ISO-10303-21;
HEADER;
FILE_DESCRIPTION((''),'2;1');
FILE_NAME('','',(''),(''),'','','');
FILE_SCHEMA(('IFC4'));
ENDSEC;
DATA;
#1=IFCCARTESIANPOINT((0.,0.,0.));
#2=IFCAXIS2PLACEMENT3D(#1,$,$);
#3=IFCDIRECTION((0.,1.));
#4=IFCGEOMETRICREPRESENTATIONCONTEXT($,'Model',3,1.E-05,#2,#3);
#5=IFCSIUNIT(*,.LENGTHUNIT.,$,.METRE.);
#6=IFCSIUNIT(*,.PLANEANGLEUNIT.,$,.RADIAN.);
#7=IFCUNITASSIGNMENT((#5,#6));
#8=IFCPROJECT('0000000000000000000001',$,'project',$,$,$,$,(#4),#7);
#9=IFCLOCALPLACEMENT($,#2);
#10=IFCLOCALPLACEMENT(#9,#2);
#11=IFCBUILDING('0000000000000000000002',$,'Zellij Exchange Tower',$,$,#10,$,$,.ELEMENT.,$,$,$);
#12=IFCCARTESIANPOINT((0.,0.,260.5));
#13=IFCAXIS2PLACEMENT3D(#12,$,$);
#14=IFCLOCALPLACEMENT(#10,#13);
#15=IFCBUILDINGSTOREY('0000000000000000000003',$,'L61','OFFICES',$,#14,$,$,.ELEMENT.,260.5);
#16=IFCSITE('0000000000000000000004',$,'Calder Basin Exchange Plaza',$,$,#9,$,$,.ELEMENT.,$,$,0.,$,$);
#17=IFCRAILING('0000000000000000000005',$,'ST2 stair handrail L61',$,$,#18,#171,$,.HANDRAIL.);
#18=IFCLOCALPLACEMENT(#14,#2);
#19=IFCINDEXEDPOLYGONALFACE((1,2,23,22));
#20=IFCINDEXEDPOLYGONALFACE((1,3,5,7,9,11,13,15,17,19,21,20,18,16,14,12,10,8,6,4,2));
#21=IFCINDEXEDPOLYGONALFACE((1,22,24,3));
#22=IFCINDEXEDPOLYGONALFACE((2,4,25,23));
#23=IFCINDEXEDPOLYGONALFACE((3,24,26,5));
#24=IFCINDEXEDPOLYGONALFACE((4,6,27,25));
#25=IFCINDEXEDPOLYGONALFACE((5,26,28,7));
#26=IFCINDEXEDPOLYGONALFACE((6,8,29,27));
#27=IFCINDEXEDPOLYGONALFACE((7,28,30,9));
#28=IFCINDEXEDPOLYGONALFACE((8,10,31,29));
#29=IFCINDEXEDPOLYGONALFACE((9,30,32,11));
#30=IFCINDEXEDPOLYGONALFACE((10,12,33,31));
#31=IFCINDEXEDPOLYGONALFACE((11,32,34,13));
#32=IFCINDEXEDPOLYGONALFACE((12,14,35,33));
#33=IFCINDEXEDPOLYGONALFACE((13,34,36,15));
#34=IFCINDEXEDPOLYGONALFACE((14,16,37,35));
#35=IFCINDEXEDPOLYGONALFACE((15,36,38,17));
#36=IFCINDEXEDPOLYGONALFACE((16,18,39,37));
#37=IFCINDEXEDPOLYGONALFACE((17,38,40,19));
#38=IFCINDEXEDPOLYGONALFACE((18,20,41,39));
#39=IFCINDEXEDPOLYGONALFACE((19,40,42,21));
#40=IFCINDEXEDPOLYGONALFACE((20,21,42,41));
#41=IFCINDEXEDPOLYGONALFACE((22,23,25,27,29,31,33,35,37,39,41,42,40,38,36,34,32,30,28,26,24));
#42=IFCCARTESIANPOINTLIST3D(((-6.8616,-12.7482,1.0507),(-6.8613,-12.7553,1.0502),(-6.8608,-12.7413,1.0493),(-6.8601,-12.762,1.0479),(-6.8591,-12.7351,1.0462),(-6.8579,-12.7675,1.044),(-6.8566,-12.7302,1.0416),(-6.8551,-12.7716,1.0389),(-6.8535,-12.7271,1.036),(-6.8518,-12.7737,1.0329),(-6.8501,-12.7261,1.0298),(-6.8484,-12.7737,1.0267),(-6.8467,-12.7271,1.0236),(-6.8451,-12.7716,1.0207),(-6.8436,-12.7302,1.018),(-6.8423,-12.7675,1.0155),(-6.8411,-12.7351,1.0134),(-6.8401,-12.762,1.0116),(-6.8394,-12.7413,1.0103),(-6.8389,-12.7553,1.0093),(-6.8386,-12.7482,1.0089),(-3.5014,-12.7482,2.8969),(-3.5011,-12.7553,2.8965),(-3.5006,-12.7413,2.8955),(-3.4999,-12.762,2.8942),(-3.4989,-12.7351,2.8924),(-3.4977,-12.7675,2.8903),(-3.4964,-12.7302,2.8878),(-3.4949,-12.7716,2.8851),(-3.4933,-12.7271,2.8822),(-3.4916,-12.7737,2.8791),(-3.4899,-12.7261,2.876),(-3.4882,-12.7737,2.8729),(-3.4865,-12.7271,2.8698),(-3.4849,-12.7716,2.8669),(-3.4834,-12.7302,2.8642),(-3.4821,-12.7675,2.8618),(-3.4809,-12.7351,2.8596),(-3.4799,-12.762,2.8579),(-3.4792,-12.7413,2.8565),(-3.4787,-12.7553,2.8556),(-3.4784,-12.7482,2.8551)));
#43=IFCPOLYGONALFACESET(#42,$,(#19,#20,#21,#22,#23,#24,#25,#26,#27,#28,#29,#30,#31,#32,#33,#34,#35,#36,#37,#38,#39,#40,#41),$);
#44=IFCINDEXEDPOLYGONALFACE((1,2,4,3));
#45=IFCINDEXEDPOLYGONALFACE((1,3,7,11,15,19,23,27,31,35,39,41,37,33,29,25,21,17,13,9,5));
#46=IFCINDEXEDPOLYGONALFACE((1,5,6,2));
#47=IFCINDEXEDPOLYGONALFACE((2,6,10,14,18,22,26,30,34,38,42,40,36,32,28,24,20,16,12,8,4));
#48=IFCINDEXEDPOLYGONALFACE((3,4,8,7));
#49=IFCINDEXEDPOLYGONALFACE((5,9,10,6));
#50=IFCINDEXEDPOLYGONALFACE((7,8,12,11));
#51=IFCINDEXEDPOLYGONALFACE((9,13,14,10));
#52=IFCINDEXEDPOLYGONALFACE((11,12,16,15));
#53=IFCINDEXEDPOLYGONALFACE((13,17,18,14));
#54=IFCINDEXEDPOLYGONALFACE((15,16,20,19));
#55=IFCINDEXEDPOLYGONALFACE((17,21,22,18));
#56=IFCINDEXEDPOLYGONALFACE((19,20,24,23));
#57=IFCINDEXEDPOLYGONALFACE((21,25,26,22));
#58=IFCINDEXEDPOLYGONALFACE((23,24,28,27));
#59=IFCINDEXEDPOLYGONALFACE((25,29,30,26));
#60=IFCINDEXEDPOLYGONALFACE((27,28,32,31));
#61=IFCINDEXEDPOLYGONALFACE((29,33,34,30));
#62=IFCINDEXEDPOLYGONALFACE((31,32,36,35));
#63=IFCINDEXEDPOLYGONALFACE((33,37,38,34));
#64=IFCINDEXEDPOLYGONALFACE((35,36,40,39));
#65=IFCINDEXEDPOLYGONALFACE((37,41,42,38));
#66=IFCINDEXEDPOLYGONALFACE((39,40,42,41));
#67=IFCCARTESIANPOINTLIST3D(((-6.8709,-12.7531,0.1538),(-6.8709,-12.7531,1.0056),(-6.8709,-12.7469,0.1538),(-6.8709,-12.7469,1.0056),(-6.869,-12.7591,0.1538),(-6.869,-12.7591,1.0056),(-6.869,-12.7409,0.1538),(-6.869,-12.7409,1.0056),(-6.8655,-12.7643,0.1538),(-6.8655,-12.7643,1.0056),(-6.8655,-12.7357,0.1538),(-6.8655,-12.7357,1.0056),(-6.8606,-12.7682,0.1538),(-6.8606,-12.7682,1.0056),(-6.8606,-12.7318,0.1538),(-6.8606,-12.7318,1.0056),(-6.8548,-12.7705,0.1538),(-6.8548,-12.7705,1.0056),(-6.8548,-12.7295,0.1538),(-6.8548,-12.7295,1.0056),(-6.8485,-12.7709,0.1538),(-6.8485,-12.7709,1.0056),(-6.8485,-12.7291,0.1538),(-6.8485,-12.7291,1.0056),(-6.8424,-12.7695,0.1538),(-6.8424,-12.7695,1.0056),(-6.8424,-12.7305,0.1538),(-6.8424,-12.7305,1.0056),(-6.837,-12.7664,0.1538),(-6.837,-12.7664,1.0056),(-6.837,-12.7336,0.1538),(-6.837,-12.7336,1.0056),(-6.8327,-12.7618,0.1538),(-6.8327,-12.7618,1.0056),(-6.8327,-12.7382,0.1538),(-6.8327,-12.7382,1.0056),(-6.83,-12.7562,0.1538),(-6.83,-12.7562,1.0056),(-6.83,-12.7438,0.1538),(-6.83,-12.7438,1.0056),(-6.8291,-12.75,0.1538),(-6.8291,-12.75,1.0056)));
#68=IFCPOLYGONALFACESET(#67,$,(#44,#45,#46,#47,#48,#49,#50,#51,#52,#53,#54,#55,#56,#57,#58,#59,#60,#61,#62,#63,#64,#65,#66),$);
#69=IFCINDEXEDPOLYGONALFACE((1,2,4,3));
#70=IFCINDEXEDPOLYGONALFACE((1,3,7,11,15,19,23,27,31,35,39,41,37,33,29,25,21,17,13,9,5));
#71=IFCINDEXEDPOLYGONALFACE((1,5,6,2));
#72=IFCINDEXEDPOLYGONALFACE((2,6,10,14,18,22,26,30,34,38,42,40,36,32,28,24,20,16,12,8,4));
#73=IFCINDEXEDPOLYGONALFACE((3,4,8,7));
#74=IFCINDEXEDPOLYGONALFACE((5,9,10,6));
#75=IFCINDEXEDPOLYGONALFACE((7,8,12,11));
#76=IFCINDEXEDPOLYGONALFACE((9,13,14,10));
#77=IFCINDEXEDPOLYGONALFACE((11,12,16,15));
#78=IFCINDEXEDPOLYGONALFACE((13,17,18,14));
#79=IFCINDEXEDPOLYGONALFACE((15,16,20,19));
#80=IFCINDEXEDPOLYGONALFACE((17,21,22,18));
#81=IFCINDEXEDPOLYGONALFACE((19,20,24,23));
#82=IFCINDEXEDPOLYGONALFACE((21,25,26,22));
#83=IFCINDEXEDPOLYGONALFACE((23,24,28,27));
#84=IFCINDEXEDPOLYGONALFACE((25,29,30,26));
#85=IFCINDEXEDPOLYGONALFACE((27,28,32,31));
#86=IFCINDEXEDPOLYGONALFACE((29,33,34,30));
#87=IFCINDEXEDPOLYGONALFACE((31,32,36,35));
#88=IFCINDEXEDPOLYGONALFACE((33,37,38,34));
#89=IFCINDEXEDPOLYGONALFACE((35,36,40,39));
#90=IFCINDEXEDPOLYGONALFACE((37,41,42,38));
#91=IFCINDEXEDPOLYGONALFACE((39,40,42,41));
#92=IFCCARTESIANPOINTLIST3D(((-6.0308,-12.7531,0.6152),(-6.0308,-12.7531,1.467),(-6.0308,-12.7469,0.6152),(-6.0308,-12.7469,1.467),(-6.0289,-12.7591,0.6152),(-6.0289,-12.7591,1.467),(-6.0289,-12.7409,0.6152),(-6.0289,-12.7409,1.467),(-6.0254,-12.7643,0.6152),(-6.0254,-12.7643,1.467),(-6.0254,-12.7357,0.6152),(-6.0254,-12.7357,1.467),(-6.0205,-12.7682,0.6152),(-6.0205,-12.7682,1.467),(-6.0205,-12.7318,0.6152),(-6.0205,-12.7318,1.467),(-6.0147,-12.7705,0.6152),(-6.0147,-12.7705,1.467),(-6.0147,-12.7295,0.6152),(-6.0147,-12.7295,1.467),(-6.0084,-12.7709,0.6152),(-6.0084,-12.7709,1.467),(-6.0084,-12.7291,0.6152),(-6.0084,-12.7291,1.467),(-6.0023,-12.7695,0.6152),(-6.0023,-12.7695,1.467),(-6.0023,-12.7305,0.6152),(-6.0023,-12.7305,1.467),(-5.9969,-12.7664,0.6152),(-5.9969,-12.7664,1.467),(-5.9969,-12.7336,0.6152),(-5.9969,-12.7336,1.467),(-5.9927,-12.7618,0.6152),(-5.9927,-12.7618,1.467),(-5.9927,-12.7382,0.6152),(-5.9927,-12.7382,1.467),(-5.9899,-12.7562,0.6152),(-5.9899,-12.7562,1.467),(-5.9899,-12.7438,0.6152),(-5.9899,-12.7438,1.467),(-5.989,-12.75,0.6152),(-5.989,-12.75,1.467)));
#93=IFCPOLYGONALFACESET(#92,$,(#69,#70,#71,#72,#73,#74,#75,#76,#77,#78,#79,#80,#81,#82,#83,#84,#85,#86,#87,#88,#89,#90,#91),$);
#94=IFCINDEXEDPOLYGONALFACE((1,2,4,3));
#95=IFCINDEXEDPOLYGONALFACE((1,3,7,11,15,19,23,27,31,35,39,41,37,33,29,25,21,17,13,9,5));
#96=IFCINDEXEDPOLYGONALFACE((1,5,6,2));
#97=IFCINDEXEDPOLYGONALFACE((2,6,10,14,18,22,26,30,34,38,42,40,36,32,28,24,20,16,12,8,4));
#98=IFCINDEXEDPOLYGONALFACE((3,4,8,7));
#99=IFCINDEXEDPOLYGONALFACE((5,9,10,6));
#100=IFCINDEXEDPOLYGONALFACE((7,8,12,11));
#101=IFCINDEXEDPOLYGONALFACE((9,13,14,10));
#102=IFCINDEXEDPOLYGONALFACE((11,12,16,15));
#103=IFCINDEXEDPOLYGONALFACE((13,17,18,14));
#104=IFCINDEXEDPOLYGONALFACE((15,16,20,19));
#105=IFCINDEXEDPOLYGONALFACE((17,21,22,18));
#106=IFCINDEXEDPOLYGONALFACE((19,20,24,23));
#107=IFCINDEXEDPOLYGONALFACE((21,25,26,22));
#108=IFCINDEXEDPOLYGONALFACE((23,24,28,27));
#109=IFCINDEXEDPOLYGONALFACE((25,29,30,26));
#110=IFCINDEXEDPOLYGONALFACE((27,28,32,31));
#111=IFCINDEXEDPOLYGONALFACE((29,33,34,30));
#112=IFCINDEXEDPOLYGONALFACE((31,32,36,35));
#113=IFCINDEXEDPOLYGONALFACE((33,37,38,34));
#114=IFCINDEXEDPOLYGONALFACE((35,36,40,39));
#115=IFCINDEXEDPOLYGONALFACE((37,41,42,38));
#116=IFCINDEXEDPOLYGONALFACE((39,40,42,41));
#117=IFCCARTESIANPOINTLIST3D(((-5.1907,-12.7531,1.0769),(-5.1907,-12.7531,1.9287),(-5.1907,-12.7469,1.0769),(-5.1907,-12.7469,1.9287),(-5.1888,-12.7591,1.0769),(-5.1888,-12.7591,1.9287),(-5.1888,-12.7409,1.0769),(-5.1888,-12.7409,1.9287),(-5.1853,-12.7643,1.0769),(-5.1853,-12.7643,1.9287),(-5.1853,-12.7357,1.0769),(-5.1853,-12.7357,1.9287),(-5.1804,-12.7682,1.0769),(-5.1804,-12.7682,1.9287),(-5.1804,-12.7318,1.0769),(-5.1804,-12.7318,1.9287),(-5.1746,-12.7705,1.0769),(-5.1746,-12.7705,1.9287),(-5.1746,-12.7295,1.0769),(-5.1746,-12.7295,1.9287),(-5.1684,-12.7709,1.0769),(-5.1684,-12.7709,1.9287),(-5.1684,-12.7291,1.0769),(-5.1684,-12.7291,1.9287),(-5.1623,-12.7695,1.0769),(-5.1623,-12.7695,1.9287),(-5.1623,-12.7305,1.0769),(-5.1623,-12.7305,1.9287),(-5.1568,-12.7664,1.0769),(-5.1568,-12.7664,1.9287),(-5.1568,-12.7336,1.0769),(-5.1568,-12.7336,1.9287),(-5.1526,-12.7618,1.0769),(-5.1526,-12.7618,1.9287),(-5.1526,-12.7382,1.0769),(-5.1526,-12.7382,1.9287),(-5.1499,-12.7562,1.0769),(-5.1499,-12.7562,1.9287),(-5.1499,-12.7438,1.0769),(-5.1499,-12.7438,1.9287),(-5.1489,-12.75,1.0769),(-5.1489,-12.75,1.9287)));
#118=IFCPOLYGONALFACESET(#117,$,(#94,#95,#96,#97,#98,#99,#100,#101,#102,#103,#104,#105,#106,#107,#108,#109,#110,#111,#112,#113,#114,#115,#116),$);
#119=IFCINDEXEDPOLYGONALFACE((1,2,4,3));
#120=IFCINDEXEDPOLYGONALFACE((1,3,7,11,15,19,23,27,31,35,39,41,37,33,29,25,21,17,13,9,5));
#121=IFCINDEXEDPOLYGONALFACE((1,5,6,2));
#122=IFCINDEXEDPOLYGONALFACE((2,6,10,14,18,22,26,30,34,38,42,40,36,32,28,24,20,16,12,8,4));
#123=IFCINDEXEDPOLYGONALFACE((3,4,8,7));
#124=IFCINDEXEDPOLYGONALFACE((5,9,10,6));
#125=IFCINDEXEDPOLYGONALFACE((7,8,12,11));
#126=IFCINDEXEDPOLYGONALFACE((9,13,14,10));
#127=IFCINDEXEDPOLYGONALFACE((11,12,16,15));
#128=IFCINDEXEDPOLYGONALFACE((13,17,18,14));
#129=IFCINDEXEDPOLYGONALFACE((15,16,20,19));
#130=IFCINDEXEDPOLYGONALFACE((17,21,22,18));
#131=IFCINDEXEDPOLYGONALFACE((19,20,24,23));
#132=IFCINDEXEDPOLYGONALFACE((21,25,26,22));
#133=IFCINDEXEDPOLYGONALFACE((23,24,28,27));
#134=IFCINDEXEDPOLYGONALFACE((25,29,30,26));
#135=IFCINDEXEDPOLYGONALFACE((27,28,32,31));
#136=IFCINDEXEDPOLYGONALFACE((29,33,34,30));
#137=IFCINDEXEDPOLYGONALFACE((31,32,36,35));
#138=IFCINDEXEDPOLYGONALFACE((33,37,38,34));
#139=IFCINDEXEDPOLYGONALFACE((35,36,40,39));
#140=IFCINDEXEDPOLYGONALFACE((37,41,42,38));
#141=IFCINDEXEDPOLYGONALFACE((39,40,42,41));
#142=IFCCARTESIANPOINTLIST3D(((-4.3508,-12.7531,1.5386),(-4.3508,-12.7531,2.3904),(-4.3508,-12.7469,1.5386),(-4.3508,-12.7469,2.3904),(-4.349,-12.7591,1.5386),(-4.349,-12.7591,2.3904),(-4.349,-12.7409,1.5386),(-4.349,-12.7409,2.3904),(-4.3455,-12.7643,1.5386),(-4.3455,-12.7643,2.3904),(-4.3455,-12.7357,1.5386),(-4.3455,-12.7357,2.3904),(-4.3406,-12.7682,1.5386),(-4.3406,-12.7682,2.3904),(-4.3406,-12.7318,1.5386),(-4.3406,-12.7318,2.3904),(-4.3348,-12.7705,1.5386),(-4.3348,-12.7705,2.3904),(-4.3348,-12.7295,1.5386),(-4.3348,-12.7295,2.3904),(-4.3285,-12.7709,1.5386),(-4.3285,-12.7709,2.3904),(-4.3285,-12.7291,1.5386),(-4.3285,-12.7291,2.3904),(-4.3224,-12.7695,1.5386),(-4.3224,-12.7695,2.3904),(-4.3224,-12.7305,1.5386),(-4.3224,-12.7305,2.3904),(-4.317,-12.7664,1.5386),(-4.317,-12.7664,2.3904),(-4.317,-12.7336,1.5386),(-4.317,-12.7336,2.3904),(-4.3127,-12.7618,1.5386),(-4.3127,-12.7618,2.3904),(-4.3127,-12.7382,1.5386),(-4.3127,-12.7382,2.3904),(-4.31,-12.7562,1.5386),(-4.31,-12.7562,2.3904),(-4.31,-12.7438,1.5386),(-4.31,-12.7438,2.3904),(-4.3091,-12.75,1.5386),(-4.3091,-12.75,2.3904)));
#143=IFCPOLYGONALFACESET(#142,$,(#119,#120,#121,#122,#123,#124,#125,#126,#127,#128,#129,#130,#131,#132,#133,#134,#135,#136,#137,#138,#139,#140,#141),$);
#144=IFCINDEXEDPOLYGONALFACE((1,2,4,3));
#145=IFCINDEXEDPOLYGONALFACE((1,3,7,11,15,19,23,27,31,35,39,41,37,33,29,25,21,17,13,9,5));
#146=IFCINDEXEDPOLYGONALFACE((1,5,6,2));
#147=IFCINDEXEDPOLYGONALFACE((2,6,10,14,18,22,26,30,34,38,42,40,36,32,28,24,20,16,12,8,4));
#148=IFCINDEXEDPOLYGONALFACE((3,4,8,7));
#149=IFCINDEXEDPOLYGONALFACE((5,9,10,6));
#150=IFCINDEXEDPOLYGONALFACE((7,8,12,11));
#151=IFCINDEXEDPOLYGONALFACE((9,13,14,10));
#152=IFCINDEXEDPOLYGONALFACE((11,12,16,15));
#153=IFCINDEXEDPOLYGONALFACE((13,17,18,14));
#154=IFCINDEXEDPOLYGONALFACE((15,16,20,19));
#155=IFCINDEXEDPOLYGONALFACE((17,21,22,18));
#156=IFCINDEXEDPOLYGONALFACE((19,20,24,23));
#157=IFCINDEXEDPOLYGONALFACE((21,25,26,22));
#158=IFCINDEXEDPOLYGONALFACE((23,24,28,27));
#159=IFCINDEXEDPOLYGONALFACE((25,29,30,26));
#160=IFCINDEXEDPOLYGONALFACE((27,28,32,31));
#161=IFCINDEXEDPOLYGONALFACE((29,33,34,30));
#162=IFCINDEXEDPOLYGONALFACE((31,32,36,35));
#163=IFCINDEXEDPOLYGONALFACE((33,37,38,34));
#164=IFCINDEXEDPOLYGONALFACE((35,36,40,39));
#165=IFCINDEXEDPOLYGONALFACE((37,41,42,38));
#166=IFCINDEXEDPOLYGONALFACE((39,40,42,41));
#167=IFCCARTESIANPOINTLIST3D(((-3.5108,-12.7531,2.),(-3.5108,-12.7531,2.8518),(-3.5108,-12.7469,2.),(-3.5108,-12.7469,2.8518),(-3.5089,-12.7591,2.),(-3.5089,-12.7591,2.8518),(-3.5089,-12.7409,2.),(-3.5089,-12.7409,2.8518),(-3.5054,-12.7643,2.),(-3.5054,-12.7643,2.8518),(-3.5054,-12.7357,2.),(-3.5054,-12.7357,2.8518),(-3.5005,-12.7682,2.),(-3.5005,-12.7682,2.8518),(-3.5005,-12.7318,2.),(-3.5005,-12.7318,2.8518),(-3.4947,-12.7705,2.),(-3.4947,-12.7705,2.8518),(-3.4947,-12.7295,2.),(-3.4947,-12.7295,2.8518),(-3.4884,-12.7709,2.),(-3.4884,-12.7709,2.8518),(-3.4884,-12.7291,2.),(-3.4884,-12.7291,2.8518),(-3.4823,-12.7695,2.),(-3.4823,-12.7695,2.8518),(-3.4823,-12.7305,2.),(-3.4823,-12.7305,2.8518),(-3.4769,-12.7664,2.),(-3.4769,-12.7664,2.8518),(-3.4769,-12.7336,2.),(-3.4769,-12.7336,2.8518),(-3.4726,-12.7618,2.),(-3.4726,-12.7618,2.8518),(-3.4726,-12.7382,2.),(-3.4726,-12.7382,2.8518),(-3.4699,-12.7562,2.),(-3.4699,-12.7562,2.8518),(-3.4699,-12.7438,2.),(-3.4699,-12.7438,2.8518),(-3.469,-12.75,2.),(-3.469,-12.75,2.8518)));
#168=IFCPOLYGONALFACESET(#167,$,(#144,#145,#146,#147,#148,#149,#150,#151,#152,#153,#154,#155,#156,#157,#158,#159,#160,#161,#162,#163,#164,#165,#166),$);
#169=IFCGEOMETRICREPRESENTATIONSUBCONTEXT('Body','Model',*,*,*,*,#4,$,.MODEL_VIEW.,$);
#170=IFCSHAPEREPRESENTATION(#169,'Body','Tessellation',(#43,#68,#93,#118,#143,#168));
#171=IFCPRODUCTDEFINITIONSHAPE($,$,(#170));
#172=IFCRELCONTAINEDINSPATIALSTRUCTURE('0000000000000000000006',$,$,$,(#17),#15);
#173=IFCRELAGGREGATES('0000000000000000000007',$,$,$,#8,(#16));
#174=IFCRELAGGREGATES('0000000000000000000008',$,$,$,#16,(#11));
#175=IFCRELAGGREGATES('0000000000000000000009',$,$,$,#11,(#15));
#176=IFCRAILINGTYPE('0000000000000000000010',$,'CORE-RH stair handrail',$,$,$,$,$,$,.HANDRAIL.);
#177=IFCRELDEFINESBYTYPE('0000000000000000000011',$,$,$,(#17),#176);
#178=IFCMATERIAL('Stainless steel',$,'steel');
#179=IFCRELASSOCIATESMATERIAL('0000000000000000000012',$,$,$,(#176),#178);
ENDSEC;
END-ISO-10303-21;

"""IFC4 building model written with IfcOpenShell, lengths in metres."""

from ifc_helpers import new_model, si_unit, direction, frame, origin, origin_2d, place, context, subcontext, project, spatial, circle, extrude, material, type_object, element, save


model = new_model("IFC4")

# Units and contexts
model_context = context("Model", 3, precision=1e-05, world=origin(), true_north=direction((0.0, 1.0)))
body_context = subcontext(model_context, "Body", "Model", "MODEL_VIEW")
ifc_project = project(units=[si_unit("LENGTHUNIT", "METRE"), si_unit("PLANEANGLEUNIT", "RADIAN")], contexts=[model_context])

# Site, building, storey
site_placement = place(None, origin())
site = spatial("IfcSite", under=ifc_project, at=site_placement, Name="Calder Basin Exchange Plaza", CompositionType="ELEMENT", RefElevation=0.0)
building_placement = place(site_placement, origin())
building = spatial("IfcBuilding", under=site, at=building_placement, Name="Zellij Exchange Tower", CompositionType="ELEMENT")
storey_placement = place(building_placement, frame((0.0, 0.0, 260.5)))
storey = spatial("IfcBuildingStorey", under=building, at=storey_placement, Name="L61", Description="OFFICES", CompositionType="ELEMENT", Elevation=260.5)

# Railing
ifc_material_1 = material(Name="Stainless steel", Category="steel")
railing_type_1 = type_object("IfcRailingType", Name="CORE-RH stair handrail", PredefinedType="HANDRAIL", material=ifc_material_1)
railing_1_placement = place(storey_placement, frame((-6.8501, -12.75, 0.1538)))
element("IfcRailing", 1, at=railing_1_placement, inside=storey, type_object=railing_type_1, Name="ST2 stair handrail L61", PredefinedType="HANDRAIL", context=body_context, shape_type="SweptSolid", body=[
    extrude(circle(Radius=0.0239, at=origin_2d()), frame((0.0, 0.0, 0.876), z_axis=(0.876422, 0.0, 0.481545), x_axis=(0.0, 1.0, 0.0)), (0.0, 0.0, 1.0), 3.834),
    extrude(circle(Radius=0.021, at=origin_2d()), origin(), (0.0, 0.0, 1.0), 0.8518),
    extrude(circle(Radius=0.021, at=origin_2d()), frame((0.8401, 0.0, 0.4614)), (0.0, 0.0, 1.0), 0.8518),
    extrude(circle(Radius=0.021, at=origin_2d()), frame((1.6802, 0.0, 0.9231)), (0.0, 0.0, 1.0), 0.8518),
    extrude(circle(Radius=0.021, at=origin_2d()), frame((2.52, 0.0, 1.3848)), (0.0, 0.0, 1.0), 0.8518),
    extrude(circle(Radius=0.021, at=origin_2d()), frame((3.3601, 0.0, 1.8462)), (0.0, 0.0, 1.0), 0.8518),
])

save(model, "model.ifc")
